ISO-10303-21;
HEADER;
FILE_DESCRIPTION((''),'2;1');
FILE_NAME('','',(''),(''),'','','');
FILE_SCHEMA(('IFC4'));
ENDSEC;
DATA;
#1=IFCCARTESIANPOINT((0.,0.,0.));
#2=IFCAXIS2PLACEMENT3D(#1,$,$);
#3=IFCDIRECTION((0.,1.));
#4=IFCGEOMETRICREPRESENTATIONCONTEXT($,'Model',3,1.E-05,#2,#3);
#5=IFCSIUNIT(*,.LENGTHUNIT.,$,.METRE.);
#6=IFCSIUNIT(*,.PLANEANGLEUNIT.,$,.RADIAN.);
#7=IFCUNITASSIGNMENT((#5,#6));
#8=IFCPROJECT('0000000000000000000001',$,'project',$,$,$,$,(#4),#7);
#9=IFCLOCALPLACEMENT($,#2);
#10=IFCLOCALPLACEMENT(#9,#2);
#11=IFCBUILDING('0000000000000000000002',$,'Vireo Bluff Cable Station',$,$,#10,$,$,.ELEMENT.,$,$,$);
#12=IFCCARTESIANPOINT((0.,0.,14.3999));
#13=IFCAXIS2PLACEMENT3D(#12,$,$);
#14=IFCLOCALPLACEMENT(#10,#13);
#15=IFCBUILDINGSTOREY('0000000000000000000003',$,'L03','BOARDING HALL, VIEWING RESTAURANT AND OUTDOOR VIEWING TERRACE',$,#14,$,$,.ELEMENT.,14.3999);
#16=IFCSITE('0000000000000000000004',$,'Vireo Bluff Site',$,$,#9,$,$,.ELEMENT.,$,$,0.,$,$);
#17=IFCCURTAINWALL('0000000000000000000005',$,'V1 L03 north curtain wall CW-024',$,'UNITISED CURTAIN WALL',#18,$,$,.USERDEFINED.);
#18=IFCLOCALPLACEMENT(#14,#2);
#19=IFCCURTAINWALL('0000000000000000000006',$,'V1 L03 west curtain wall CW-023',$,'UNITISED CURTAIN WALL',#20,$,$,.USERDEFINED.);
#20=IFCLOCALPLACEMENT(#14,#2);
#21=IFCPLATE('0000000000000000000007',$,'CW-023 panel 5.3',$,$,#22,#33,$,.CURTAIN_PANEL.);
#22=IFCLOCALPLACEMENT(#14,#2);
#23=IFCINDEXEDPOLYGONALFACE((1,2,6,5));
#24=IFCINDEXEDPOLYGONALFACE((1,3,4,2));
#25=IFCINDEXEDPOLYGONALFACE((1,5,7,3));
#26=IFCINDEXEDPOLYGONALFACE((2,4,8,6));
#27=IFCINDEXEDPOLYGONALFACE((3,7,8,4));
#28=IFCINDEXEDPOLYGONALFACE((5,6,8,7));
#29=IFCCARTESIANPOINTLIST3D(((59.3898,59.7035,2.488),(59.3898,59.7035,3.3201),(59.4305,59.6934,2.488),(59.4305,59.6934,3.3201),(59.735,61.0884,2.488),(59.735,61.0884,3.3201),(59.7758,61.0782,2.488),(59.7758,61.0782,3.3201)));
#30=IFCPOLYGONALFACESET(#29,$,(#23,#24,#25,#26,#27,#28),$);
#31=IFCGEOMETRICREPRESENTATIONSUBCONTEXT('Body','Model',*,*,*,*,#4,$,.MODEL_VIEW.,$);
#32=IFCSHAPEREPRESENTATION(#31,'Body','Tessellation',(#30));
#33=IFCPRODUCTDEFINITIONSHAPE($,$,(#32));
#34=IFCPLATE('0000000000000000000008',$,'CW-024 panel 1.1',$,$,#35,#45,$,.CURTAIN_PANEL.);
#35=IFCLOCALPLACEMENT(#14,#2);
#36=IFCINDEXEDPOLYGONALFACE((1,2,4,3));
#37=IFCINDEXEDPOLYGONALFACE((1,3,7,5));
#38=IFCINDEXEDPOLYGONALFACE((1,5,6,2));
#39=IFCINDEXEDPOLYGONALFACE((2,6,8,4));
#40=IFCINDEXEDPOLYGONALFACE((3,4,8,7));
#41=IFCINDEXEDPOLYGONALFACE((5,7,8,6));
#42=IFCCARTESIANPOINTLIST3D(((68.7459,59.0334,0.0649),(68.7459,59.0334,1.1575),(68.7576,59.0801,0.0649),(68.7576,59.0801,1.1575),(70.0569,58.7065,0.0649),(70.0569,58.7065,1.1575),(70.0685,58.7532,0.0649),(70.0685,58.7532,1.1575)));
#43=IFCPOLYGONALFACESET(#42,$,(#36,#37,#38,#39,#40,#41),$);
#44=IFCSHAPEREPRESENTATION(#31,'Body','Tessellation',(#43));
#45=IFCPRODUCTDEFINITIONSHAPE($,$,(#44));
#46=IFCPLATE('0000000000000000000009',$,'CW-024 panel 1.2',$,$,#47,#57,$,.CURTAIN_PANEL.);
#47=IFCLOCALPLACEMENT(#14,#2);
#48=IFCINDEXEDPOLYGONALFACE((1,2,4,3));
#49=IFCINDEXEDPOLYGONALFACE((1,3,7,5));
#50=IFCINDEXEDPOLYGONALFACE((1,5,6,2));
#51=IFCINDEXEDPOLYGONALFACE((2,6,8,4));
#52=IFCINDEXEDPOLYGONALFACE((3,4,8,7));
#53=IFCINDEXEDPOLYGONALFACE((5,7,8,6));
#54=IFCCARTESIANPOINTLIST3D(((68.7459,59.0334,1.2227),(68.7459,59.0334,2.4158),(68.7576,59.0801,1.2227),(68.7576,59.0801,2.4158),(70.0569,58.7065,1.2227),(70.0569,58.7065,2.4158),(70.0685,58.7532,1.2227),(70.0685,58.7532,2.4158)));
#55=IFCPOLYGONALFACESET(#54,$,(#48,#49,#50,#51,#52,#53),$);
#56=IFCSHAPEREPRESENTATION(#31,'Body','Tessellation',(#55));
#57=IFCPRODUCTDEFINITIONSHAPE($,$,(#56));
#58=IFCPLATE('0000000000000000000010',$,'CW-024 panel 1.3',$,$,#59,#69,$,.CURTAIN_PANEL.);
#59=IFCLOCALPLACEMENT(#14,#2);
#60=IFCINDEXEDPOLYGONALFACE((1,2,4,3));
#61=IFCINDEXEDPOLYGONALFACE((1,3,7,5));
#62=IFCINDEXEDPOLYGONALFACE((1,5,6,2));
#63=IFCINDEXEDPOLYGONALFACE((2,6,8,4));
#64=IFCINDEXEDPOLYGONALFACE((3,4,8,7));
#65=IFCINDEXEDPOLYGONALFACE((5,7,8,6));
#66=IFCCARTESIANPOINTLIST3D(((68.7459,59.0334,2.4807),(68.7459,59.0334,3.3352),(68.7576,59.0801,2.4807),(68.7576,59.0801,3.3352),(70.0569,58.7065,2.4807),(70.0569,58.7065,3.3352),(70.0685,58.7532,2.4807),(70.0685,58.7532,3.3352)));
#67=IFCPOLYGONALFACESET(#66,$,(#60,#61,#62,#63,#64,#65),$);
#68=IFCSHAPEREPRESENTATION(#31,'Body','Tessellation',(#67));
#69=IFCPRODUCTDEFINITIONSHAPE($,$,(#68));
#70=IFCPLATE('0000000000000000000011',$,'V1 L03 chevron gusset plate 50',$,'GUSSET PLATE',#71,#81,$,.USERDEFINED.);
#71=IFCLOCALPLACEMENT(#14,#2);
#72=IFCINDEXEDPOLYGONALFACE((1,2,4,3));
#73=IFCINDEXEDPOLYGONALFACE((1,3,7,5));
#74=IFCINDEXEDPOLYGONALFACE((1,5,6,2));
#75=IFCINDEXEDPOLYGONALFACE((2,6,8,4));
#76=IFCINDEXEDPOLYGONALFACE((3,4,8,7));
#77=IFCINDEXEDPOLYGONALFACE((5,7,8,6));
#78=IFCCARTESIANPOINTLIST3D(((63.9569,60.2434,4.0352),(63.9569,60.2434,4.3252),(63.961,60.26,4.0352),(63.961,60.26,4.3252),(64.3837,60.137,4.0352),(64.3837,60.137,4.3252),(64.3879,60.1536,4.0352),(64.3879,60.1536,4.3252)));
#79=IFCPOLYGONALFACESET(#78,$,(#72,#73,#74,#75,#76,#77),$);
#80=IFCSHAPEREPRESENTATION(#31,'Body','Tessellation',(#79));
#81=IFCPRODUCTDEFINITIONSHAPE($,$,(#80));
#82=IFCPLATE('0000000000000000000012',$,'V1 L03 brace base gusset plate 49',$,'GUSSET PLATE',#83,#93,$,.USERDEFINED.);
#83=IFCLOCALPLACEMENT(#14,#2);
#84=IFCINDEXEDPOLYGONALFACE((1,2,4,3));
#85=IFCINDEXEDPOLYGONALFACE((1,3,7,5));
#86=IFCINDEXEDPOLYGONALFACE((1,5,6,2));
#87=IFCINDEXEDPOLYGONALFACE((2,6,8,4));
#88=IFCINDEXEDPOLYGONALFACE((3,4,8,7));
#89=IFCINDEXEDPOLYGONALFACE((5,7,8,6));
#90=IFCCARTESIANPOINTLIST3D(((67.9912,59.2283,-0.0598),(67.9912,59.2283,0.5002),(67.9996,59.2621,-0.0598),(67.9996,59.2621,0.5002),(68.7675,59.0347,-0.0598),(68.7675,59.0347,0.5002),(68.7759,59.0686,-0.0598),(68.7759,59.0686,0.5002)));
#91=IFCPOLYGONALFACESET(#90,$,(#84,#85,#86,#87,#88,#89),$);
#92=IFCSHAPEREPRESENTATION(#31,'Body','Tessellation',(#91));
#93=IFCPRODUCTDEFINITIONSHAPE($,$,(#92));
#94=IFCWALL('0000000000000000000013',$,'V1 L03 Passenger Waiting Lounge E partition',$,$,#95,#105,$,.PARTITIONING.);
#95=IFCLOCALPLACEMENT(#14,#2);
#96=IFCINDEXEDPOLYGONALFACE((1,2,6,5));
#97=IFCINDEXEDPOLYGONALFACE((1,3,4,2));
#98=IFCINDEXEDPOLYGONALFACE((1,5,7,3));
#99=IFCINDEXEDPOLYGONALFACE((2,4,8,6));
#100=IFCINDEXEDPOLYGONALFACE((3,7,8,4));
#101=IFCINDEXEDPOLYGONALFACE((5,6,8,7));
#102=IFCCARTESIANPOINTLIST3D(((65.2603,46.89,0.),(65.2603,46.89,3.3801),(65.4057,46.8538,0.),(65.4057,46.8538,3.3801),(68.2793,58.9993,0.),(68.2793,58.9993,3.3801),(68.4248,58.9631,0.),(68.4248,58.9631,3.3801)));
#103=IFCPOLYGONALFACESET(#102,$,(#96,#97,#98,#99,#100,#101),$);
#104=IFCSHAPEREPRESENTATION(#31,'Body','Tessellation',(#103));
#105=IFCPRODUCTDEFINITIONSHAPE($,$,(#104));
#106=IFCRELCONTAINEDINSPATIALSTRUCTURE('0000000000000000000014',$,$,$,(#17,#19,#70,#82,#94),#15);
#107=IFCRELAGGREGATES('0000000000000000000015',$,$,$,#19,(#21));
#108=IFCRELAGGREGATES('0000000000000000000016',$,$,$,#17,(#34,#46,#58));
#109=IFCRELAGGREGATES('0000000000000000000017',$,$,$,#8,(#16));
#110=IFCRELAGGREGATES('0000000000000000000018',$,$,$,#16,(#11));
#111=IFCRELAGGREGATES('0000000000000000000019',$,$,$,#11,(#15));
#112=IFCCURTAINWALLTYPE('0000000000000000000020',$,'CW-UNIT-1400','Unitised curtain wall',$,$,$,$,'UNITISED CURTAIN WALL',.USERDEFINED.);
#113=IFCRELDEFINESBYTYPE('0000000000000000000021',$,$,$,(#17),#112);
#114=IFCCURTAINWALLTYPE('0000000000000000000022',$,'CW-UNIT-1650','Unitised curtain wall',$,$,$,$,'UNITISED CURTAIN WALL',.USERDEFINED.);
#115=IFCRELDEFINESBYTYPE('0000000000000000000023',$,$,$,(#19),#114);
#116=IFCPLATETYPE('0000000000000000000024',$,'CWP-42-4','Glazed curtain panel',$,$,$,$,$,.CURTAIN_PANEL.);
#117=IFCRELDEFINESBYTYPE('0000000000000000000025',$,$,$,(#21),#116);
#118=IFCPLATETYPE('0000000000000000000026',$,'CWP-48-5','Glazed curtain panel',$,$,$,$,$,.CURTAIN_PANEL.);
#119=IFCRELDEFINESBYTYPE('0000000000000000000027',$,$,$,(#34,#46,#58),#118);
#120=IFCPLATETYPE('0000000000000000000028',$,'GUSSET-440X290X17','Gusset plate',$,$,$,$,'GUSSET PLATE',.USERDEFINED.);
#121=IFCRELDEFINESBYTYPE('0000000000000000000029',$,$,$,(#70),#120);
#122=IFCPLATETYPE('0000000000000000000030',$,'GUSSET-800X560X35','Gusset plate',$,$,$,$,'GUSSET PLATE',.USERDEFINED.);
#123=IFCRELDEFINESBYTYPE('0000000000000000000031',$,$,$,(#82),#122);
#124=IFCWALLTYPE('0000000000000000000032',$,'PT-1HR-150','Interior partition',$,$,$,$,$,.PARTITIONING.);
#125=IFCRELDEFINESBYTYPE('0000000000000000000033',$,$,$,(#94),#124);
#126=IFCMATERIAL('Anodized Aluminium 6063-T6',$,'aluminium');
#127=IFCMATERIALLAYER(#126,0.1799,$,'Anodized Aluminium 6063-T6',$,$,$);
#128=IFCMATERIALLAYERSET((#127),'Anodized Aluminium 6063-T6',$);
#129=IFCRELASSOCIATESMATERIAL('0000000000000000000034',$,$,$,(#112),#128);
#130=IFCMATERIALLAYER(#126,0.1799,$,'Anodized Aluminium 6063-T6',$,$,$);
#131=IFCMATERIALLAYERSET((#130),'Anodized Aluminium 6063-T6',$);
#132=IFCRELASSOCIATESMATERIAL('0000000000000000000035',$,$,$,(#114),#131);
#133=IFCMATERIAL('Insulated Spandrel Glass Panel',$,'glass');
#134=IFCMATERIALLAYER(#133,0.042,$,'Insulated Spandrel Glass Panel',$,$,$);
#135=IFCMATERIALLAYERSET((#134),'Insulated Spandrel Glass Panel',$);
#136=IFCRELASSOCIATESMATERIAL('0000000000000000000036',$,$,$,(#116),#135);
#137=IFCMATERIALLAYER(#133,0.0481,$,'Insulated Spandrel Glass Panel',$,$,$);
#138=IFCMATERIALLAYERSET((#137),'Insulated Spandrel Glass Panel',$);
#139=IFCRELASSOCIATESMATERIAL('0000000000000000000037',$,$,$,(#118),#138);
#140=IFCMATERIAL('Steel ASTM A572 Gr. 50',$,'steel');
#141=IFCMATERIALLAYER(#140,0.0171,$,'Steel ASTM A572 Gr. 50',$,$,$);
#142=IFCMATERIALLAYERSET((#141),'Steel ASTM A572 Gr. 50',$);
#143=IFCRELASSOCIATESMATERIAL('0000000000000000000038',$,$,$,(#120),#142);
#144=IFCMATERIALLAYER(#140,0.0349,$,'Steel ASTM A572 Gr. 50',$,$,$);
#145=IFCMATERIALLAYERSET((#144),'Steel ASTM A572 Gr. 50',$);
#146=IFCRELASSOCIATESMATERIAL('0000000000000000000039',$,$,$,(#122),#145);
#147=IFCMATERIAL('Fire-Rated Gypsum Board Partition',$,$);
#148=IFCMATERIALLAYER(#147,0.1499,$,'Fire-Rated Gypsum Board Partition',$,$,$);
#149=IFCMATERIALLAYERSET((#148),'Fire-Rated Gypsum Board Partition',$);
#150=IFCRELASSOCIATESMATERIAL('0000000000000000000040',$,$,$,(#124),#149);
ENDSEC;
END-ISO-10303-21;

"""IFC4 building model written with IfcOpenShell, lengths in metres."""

from ifc_helpers import new_model, si_unit, direction, frame, frame_2d, origin, origin_2d, place, context, subcontext, project, spatial, rectangle, extrude, material, layer, layer_set, type_object, element, aggregate, save


model = new_model("IFC4")

# Units and contexts
model_context = context("Model", 3, precision=1e-05, world=origin(), true_north=direction((0.0, 1.0)))
body_context = subcontext(model_context, "Body", "Model", "MODEL_VIEW")
ifc_project = project(units=[si_unit("LENGTHUNIT", "METRE"), si_unit("PLANEANGLEUNIT", "RADIAN")], contexts=[model_context])

# Site, building, storey
site_placement = place(None, origin())
site = spatial("IfcSite", under=ifc_project, at=site_placement, Name="Vireo Bluff Site", CompositionType="ELEMENT", RefElevation=0.0)
building_placement = place(site_placement, origin())
building = spatial("IfcBuilding", under=site, at=building_placement, Name="Vireo Bluff Cable Station", CompositionType="ELEMENT")
storey_placement = place(building_placement, frame((0.0, 0.0, 14.3999)))
storey = spatial("IfcBuildingStorey", under=building, at=storey_placement, Name="L03", Description="BOARDING HALL, VIEWING RESTAURANT AND OUTDOOR VIEWING TERRACE", CompositionType="ELEMENT", Elevation=14.3999)

# Curtain walls
ifc_material_1 = material(Name="Anodized Aluminium 6063-T6", Category="aluminium")
ifc_layer_1 = layer(ifc_material_1, 0.1799, Name="Anodized Aluminium 6063-T6")
ifc_layer_set_1 = layer_set([ifc_layer_1], Name="Anodized Aluminium 6063-T6")
curtain_wall_type_1 = type_object("IfcCurtainWallType", Name="CW-UNIT-1400", Description="Unitised curtain wall", ElementType="UNITISED CURTAIN WALL", PredefinedType="USERDEFINED", material=ifc_layer_set_1)
curtain_wall_1_placement = place(storey_placement, origin())
curtain_wall_1 = element("IfcCurtainWall", 1, at=curtain_wall_1_placement, inside=storey, type_object=curtain_wall_type_1, Name="V1 L03 north curtain wall CW-024", ObjectType="UNITISED CURTAIN WALL", PredefinedType="USERDEFINED")
ifc_layer_2 = layer(ifc_material_1, 0.1799, Name="Anodized Aluminium 6063-T6")
ifc_layer_set_2 = layer_set([ifc_layer_2], Name="Anodized Aluminium 6063-T6")
curtain_wall_type_2 = type_object("IfcCurtainWallType", Name="CW-UNIT-1650", Description="Unitised curtain wall", ElementType="UNITISED CURTAIN WALL", PredefinedType="USERDEFINED", material=ifc_layer_set_2)
curtain_wall_2_placement = place(storey_placement, origin())
curtain_wall_2 = element("IfcCurtainWall", 2, at=curtain_wall_2_placement, inside=storey, type_object=curtain_wall_type_2, Name="V1 L03 west curtain wall CW-023", ObjectType="UNITISED CURTAIN WALL", PredefinedType="USERDEFINED")

# Plates
ifc_material_2 = material(Name="Insulated Spandrel Glass Panel", Category="glass")
ifc_layer_3 = layer(ifc_material_2, 0.042, Name="Insulated Spandrel Glass Panel")
ifc_layer_set_3 = layer_set([ifc_layer_3], Name="Insulated Spandrel Glass Panel")
plate_type_1 = type_object("IfcPlateType", Name="CWP-42-4", Description="Glazed curtain panel", PredefinedType="CURTAIN_PANEL", material=ifc_layer_set_3)
plate_1_placement = place(storey_placement, frame((59.5828, 60.3909, 2.488), z_axis=(0.0, 0.0, 1.0), x_axis=(0.241922, 0.970296, 0.0)))
plate_1 = element("IfcPlate", 3, at=plate_1_placement, type_object=plate_type_1, Name="CW-023 panel 5.3", PredefinedType="CURTAIN_PANEL", context=body_context, shape_type="SweptSolid", body=[
    extrude(rectangle(XDim=1.4272, YDim=0.042, at=origin_2d()), origin(), (0.0, 0.0, 1.0), 0.832),
])
aggregate(curtain_wall_2, [plate_1])
ifc_layer_4 = layer(ifc_material_2, 0.0481, Name="Insulated Spandrel Glass Panel")
ifc_layer_set_4 = layer_set([ifc_layer_4], Name="Insulated Spandrel Glass Panel")
plate_type_2 = type_object("IfcPlateType", Name="CWP-48-5", Description="Glazed curtain panel", PredefinedType="CURTAIN_PANEL", material=ifc_layer_set_4)
plate_2_placement = place(storey_placement, frame((69.4072, 58.8933, 0.0649), z_axis=(0.0, 0.0, 1.0), x_axis=(0.970296, -0.241922, 0.0)))
plate_2 = element("IfcPlate", 4, at=plate_2_placement, type_object=plate_type_2, Name="CW-024 panel 1.1", PredefinedType="CURTAIN_PANEL", context=body_context, shape_type="SweptSolid", body=[
    extrude(rectangle(XDim=1.3511, YDim=0.0481, at=origin_2d()), origin(), (0.0, 0.0, 1.0), 1.0925),
])
plate_3_placement = place(storey_placement, frame((69.4072, 58.8933, 1.2227), z_axis=(0.0, 0.0, 1.0), x_axis=(0.970296, -0.241922, 0.0)))
plate_3 = element("IfcPlate", 5, at=plate_3_placement, type_object=plate_type_2, Name="CW-024 panel 1.2", PredefinedType="CURTAIN_PANEL", context=body_context, shape_type="SweptSolid", body=[
    extrude(rectangle(XDim=1.3511, YDim=0.0481, at=origin_2d()), origin(), (0.0, 0.0, 1.0), 1.1931),
])
plate_4_placement = place(storey_placement, frame((69.4072, 58.8933, 2.4807), z_axis=(0.0, 0.0, 1.0), x_axis=(0.970296, -0.241922, 0.0)))
plate_4 = element("IfcPlate", 6, at=plate_4_placement, type_object=plate_type_2, Name="CW-024 panel 1.3", PredefinedType="CURTAIN_PANEL", context=body_context, shape_type="SweptSolid", body=[
    extrude(rectangle(XDim=1.3511, YDim=0.0481, at=origin_2d()), origin(), (0.0, 0.0, 1.0), 0.8545),
])
aggregate(curtain_wall_1, [plate_2, plate_3, plate_4])

# Plates
ifc_material_3 = material(Name="Steel ASTM A572 Gr. 50", Category="steel")
ifc_layer_5 = layer(ifc_material_3, 0.0171, Name="Steel ASTM A572 Gr. 50")
ifc_layer_set_5 = layer_set([ifc_layer_5], Name="Steel ASTM A572 Gr. 50")
plate_type_3 = type_object("IfcPlateType", Name="GUSSET-440X290X17", Description="Gusset plate", ElementType="GUSSET PLATE", PredefinedType="USERDEFINED", material=ifc_layer_set_5)
plate_5_placement = place(storey_placement, frame((64.1724, 60.1985, 4.0352), z_axis=(0.0, 0.0, 1.0), x_axis=(0.970296, -0.241922, 0.0)))
element("IfcPlate", 7, at=plate_5_placement, inside=storey, type_object=plate_type_3, Name="V1 L03 chevron gusset plate 50", ObjectType="GUSSET PLATE", PredefinedType="USERDEFINED", context=body_context, shape_type="SweptSolid", body=[
    extrude(rectangle(XDim=0.4399, YDim=0.0171, at=origin_2d()), origin(), (0.0, 0.0, 1.0), 0.29),
])
ifc_layer_6 = layer(ifc_material_3, 0.0349, Name="Steel ASTM A572 Gr. 50")
ifc_layer_set_6 = layer_set([ifc_layer_6], Name="Steel ASTM A572 Gr. 50")
plate_type_4 = type_object("IfcPlateType", Name="GUSSET-800X560X35", Description="Gusset plate", ElementType="GUSSET PLATE", PredefinedType="USERDEFINED", material=ifc_layer_set_6)
plate_6_placement = place(storey_placement, frame((68.3835, 59.1484, -0.0598), z_axis=(0.0, 0.0, 1.0), x_axis=(0.970296, -0.241922, 0.0)))
element("IfcPlate", 8, at=plate_6_placement, inside=storey, type_object=plate_type_4, Name="V1 L03 brace base gusset plate 49", ObjectType="GUSSET PLATE", PredefinedType="USERDEFINED", context=body_context, shape_type="SweptSolid", body=[
    extrude(rectangle(XDim=0.8, YDim=0.0349, at=origin_2d()), origin(), (0.0, 0.0, 1.0), 0.5601),
])

# Wall
ifc_material_4 = material(Name="Fire-Rated Gypsum Board Partition")
ifc_layer_7 = layer(ifc_material_4, 0.1499, Name="Fire-Rated Gypsum Board Partition")
ifc_layer_set_7 = layer_set([ifc_layer_7], Name="Fire-Rated Gypsum Board Partition")
wall_type = type_object("IfcWallType", Name="PT-1HR-150", Description="Interior partition", PredefinedType="PARTITIONING", material=ifc_layer_set_7)
wall_placement = place(storey_placement, frame((68.3521, 58.9812, 0.0), z_axis=(0.0, 0.0, 1.0), x_axis=(-0.24191, -0.970299, 0.0)))
element("IfcWall", 9, at=wall_placement, inside=storey, type_object=wall_type, Name="V1 L03 Passenger Waiting Lounge E partition", PredefinedType="PARTITIONING", context=body_context, shape_type="SweptSolid", body=[
    extrude(rectangle(XDim=12.48, YDim=0.1499, at=frame_2d((6.24, 0.0))), origin(), (0.0, 0.0, 1.0), 3.3801),
])

save(model, "model.ifc")
